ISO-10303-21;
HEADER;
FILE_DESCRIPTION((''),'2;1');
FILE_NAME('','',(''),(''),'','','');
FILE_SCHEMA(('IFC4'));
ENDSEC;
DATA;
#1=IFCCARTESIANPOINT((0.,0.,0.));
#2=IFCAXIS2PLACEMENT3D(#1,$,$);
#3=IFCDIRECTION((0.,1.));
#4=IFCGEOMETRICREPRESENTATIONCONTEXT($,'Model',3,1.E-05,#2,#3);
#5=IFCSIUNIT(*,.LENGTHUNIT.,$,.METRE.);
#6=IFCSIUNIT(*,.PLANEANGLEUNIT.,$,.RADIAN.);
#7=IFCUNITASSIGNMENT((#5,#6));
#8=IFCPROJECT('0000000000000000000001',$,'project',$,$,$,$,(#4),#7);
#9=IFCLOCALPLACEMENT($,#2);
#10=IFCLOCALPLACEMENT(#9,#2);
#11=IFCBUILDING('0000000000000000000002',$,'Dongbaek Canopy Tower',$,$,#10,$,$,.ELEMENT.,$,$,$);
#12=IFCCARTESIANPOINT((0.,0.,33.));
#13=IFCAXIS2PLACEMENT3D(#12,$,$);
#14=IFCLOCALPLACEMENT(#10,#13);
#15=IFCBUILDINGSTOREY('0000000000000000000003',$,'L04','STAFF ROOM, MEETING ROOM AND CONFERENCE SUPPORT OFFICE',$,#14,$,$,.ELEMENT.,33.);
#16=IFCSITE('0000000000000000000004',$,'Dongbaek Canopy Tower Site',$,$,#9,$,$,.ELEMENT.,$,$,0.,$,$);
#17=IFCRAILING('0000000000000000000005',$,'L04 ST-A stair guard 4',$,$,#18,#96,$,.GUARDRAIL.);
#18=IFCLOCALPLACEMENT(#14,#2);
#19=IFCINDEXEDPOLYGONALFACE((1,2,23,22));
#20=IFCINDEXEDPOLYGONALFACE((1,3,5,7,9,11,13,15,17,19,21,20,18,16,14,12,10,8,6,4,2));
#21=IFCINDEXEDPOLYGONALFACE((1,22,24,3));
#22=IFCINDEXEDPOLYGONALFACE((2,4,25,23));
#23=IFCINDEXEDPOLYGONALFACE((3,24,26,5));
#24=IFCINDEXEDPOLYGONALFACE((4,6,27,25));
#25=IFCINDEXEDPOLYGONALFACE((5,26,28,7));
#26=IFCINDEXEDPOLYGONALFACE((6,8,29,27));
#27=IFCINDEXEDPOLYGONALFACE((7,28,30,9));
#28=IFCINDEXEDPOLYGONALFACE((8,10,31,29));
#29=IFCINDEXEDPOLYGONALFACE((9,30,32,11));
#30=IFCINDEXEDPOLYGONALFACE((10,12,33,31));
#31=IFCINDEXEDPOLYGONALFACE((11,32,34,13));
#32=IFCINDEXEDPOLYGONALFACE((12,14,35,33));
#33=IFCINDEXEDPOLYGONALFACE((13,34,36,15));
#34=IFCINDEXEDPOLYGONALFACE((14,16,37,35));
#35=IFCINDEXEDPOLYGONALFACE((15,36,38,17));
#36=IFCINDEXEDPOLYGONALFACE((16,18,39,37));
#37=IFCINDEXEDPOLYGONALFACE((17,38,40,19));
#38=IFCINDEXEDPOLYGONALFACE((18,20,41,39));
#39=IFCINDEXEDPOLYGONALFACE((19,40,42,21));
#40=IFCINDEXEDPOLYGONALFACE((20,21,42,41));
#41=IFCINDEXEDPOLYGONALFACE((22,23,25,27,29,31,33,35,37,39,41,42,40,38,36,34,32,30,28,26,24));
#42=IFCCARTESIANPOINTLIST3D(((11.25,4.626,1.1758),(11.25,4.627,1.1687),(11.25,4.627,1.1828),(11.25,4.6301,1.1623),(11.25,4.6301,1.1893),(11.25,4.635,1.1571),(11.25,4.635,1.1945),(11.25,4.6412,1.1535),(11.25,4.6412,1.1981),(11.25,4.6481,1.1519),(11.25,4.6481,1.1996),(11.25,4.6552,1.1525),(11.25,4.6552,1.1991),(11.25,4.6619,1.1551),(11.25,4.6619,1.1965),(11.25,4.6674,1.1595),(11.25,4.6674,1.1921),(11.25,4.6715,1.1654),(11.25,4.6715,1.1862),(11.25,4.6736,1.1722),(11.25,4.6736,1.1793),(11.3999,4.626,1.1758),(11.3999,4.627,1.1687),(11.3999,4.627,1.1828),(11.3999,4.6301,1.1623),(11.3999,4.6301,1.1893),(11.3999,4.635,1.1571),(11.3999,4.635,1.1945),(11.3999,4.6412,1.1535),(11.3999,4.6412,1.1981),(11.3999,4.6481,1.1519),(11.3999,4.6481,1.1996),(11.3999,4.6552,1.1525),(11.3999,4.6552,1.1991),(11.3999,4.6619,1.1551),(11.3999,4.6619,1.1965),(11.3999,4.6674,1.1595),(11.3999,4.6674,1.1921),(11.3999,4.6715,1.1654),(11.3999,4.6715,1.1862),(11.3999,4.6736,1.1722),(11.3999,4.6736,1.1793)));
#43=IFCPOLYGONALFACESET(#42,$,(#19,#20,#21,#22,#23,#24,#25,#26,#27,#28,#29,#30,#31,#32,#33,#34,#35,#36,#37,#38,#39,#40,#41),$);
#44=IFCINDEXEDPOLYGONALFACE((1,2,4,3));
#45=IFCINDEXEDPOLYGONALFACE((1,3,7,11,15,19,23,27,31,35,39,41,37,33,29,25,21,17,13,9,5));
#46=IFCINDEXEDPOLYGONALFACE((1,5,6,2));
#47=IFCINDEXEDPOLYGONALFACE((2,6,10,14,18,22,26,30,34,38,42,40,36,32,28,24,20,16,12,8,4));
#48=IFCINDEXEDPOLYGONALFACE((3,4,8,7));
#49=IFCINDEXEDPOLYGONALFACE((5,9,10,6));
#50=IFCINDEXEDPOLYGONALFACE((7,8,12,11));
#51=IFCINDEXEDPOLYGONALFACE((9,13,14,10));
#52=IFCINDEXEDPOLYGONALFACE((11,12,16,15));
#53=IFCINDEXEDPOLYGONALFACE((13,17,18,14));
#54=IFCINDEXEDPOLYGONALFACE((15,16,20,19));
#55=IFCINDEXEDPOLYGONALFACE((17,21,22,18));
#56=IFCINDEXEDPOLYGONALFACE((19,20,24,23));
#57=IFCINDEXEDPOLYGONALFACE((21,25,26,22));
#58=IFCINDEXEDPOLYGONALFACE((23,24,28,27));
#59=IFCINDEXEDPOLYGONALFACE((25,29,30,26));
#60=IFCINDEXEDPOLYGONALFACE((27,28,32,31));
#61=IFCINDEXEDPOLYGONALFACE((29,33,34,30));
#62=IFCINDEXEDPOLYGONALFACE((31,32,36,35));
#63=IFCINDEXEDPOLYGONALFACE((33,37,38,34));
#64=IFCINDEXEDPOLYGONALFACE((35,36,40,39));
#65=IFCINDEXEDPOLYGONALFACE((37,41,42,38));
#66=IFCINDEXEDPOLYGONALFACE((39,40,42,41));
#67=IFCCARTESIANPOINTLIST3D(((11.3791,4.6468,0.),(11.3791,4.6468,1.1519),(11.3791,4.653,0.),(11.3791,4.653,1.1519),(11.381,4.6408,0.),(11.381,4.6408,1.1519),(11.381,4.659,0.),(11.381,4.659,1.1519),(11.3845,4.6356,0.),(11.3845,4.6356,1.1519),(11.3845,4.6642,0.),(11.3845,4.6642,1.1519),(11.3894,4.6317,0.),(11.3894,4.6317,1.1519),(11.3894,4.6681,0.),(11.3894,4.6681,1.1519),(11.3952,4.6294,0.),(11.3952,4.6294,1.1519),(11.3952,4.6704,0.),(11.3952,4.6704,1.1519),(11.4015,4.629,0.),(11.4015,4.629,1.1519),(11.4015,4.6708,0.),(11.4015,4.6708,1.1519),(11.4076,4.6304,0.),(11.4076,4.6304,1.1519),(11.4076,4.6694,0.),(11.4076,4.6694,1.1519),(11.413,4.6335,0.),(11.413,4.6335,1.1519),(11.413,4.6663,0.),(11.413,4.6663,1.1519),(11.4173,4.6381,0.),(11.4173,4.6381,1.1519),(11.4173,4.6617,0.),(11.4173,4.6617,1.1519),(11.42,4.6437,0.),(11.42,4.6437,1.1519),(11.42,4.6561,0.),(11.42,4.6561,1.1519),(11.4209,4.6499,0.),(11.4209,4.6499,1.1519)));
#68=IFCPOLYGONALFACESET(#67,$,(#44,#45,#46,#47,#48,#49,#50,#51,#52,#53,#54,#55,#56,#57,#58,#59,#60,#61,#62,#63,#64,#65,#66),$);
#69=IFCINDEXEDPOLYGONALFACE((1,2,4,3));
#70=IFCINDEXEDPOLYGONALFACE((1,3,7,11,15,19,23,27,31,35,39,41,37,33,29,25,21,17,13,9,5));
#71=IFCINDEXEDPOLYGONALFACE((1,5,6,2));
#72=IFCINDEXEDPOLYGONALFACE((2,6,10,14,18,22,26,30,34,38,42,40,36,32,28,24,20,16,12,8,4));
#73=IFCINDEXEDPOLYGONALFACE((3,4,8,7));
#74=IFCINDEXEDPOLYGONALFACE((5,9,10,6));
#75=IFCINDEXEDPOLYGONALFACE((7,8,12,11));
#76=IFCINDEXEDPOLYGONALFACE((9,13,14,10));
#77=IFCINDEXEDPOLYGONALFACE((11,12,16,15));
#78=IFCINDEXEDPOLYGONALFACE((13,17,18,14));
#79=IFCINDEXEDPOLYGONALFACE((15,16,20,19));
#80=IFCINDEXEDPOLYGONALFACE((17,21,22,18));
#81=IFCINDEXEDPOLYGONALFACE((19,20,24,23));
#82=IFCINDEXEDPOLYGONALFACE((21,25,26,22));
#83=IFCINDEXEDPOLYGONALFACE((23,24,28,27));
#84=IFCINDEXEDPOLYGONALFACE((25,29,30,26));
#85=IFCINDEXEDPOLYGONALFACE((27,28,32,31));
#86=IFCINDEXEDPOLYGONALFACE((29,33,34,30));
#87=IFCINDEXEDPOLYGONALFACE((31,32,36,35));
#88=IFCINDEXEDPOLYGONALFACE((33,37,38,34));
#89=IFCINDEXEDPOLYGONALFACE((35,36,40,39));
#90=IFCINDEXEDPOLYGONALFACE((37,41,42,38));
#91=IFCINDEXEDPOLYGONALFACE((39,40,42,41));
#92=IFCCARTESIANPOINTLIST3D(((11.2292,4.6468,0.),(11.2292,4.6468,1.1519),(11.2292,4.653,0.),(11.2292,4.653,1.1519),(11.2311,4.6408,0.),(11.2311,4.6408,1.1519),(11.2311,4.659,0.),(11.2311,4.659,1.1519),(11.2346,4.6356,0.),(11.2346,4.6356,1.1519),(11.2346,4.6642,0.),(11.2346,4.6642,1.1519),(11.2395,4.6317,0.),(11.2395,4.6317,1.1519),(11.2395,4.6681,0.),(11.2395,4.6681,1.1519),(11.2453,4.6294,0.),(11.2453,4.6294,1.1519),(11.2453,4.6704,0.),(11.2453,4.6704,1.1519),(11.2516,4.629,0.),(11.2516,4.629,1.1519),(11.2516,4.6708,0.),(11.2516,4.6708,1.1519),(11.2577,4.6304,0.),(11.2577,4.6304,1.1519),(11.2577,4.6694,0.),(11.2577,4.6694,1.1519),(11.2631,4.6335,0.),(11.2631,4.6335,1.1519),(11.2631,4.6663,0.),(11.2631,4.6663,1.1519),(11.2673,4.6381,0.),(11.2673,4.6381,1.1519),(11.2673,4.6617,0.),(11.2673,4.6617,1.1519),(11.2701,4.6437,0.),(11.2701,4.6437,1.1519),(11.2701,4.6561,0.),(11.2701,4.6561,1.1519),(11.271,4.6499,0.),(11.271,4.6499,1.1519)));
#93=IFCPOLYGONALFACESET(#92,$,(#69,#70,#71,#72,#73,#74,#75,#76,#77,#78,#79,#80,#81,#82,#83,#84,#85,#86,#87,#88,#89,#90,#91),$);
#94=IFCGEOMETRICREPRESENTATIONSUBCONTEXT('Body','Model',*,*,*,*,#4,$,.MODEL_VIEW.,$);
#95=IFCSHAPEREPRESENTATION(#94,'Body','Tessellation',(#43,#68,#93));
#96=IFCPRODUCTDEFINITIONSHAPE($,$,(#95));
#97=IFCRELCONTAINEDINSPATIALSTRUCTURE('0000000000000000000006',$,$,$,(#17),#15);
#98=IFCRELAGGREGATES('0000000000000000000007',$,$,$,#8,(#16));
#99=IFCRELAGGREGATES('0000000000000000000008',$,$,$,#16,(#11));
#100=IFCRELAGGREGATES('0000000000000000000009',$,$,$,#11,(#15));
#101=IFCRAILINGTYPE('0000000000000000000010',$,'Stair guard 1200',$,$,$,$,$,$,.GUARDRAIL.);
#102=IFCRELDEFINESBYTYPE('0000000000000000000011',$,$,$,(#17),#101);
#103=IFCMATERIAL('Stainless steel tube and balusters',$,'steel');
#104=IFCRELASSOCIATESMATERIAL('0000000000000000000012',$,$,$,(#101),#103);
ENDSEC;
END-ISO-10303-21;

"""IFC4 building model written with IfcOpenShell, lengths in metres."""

from ifc_helpers import new_model, si_unit, direction, frame, origin, origin_2d, place, context, subcontext, project, spatial, circle, extrude, material, type_object, element, save


model = new_model("IFC4")

# Units and contexts
model_context = context("Model", 3, precision=1e-05, world=origin(), true_north=direction((0.0, 1.0)))
body_context = subcontext(model_context, "Body", "Model", "MODEL_VIEW")
ifc_project = project(units=[si_unit("LENGTHUNIT", "METRE"), si_unit("PLANEANGLEUNIT", "RADIAN")], contexts=[model_context])

# Site, building, storey
site_placement = place(None, origin())
site = spatial("IfcSite", under=ifc_project, at=site_placement, Name="Dongbaek Canopy Tower Site", CompositionType="ELEMENT", RefElevation=0.0)
building_placement = place(site_placement, origin())
building = spatial("IfcBuilding", under=site, at=building_placement, Name="Dongbaek Canopy Tower", CompositionType="ELEMENT")
storey_placement = place(building_placement, frame((0.0, 0.0, 33.0)))
storey = spatial("IfcBuildingStorey", under=building, at=storey_placement, Name="L04", Description="STAFF ROOM, MEETING ROOM AND CONFERENCE SUPPORT OFFICE", CompositionType="ELEMENT", Elevation=33.0)

# Railing
ifc_material_1 = material(Name="Stainless steel tube and balusters", Category="steel")
railing_type_1 = type_object("IfcRailingType", Name="Stair guard 1200", PredefinedType="GUARDRAIL", material=ifc_material_1)
railing_1_placement = place(storey_placement, frame((11.3999, 4.6499, 0.0)))
element("IfcRailing", 1, at=railing_1_placement, inside=storey, type_object=railing_type_1, Name="L04 ST-A stair guard 4", PredefinedType="GUARDRAIL", context=body_context, shape_type="SweptSolid", body=[
    extrude(circle(Radius=0.0239, at=origin_2d()), frame((0.0, 0.0, 1.1758), z_axis=(-1.0, 0.0, 0.0), x_axis=(0.0, -1.0, 0.0)), (0.0, 0.0, 1.0), 0.1499),
    extrude(circle(Radius=0.021, at=origin_2d()), origin(), (0.0, 0.0, 1.0), 1.1519),
    extrude(circle(Radius=0.021, at=origin_2d()), frame((-0.1499, 0.0, 0.0)), (0.0, 0.0, 1.0), 1.1519),
])

save(model, "model.ifc")
